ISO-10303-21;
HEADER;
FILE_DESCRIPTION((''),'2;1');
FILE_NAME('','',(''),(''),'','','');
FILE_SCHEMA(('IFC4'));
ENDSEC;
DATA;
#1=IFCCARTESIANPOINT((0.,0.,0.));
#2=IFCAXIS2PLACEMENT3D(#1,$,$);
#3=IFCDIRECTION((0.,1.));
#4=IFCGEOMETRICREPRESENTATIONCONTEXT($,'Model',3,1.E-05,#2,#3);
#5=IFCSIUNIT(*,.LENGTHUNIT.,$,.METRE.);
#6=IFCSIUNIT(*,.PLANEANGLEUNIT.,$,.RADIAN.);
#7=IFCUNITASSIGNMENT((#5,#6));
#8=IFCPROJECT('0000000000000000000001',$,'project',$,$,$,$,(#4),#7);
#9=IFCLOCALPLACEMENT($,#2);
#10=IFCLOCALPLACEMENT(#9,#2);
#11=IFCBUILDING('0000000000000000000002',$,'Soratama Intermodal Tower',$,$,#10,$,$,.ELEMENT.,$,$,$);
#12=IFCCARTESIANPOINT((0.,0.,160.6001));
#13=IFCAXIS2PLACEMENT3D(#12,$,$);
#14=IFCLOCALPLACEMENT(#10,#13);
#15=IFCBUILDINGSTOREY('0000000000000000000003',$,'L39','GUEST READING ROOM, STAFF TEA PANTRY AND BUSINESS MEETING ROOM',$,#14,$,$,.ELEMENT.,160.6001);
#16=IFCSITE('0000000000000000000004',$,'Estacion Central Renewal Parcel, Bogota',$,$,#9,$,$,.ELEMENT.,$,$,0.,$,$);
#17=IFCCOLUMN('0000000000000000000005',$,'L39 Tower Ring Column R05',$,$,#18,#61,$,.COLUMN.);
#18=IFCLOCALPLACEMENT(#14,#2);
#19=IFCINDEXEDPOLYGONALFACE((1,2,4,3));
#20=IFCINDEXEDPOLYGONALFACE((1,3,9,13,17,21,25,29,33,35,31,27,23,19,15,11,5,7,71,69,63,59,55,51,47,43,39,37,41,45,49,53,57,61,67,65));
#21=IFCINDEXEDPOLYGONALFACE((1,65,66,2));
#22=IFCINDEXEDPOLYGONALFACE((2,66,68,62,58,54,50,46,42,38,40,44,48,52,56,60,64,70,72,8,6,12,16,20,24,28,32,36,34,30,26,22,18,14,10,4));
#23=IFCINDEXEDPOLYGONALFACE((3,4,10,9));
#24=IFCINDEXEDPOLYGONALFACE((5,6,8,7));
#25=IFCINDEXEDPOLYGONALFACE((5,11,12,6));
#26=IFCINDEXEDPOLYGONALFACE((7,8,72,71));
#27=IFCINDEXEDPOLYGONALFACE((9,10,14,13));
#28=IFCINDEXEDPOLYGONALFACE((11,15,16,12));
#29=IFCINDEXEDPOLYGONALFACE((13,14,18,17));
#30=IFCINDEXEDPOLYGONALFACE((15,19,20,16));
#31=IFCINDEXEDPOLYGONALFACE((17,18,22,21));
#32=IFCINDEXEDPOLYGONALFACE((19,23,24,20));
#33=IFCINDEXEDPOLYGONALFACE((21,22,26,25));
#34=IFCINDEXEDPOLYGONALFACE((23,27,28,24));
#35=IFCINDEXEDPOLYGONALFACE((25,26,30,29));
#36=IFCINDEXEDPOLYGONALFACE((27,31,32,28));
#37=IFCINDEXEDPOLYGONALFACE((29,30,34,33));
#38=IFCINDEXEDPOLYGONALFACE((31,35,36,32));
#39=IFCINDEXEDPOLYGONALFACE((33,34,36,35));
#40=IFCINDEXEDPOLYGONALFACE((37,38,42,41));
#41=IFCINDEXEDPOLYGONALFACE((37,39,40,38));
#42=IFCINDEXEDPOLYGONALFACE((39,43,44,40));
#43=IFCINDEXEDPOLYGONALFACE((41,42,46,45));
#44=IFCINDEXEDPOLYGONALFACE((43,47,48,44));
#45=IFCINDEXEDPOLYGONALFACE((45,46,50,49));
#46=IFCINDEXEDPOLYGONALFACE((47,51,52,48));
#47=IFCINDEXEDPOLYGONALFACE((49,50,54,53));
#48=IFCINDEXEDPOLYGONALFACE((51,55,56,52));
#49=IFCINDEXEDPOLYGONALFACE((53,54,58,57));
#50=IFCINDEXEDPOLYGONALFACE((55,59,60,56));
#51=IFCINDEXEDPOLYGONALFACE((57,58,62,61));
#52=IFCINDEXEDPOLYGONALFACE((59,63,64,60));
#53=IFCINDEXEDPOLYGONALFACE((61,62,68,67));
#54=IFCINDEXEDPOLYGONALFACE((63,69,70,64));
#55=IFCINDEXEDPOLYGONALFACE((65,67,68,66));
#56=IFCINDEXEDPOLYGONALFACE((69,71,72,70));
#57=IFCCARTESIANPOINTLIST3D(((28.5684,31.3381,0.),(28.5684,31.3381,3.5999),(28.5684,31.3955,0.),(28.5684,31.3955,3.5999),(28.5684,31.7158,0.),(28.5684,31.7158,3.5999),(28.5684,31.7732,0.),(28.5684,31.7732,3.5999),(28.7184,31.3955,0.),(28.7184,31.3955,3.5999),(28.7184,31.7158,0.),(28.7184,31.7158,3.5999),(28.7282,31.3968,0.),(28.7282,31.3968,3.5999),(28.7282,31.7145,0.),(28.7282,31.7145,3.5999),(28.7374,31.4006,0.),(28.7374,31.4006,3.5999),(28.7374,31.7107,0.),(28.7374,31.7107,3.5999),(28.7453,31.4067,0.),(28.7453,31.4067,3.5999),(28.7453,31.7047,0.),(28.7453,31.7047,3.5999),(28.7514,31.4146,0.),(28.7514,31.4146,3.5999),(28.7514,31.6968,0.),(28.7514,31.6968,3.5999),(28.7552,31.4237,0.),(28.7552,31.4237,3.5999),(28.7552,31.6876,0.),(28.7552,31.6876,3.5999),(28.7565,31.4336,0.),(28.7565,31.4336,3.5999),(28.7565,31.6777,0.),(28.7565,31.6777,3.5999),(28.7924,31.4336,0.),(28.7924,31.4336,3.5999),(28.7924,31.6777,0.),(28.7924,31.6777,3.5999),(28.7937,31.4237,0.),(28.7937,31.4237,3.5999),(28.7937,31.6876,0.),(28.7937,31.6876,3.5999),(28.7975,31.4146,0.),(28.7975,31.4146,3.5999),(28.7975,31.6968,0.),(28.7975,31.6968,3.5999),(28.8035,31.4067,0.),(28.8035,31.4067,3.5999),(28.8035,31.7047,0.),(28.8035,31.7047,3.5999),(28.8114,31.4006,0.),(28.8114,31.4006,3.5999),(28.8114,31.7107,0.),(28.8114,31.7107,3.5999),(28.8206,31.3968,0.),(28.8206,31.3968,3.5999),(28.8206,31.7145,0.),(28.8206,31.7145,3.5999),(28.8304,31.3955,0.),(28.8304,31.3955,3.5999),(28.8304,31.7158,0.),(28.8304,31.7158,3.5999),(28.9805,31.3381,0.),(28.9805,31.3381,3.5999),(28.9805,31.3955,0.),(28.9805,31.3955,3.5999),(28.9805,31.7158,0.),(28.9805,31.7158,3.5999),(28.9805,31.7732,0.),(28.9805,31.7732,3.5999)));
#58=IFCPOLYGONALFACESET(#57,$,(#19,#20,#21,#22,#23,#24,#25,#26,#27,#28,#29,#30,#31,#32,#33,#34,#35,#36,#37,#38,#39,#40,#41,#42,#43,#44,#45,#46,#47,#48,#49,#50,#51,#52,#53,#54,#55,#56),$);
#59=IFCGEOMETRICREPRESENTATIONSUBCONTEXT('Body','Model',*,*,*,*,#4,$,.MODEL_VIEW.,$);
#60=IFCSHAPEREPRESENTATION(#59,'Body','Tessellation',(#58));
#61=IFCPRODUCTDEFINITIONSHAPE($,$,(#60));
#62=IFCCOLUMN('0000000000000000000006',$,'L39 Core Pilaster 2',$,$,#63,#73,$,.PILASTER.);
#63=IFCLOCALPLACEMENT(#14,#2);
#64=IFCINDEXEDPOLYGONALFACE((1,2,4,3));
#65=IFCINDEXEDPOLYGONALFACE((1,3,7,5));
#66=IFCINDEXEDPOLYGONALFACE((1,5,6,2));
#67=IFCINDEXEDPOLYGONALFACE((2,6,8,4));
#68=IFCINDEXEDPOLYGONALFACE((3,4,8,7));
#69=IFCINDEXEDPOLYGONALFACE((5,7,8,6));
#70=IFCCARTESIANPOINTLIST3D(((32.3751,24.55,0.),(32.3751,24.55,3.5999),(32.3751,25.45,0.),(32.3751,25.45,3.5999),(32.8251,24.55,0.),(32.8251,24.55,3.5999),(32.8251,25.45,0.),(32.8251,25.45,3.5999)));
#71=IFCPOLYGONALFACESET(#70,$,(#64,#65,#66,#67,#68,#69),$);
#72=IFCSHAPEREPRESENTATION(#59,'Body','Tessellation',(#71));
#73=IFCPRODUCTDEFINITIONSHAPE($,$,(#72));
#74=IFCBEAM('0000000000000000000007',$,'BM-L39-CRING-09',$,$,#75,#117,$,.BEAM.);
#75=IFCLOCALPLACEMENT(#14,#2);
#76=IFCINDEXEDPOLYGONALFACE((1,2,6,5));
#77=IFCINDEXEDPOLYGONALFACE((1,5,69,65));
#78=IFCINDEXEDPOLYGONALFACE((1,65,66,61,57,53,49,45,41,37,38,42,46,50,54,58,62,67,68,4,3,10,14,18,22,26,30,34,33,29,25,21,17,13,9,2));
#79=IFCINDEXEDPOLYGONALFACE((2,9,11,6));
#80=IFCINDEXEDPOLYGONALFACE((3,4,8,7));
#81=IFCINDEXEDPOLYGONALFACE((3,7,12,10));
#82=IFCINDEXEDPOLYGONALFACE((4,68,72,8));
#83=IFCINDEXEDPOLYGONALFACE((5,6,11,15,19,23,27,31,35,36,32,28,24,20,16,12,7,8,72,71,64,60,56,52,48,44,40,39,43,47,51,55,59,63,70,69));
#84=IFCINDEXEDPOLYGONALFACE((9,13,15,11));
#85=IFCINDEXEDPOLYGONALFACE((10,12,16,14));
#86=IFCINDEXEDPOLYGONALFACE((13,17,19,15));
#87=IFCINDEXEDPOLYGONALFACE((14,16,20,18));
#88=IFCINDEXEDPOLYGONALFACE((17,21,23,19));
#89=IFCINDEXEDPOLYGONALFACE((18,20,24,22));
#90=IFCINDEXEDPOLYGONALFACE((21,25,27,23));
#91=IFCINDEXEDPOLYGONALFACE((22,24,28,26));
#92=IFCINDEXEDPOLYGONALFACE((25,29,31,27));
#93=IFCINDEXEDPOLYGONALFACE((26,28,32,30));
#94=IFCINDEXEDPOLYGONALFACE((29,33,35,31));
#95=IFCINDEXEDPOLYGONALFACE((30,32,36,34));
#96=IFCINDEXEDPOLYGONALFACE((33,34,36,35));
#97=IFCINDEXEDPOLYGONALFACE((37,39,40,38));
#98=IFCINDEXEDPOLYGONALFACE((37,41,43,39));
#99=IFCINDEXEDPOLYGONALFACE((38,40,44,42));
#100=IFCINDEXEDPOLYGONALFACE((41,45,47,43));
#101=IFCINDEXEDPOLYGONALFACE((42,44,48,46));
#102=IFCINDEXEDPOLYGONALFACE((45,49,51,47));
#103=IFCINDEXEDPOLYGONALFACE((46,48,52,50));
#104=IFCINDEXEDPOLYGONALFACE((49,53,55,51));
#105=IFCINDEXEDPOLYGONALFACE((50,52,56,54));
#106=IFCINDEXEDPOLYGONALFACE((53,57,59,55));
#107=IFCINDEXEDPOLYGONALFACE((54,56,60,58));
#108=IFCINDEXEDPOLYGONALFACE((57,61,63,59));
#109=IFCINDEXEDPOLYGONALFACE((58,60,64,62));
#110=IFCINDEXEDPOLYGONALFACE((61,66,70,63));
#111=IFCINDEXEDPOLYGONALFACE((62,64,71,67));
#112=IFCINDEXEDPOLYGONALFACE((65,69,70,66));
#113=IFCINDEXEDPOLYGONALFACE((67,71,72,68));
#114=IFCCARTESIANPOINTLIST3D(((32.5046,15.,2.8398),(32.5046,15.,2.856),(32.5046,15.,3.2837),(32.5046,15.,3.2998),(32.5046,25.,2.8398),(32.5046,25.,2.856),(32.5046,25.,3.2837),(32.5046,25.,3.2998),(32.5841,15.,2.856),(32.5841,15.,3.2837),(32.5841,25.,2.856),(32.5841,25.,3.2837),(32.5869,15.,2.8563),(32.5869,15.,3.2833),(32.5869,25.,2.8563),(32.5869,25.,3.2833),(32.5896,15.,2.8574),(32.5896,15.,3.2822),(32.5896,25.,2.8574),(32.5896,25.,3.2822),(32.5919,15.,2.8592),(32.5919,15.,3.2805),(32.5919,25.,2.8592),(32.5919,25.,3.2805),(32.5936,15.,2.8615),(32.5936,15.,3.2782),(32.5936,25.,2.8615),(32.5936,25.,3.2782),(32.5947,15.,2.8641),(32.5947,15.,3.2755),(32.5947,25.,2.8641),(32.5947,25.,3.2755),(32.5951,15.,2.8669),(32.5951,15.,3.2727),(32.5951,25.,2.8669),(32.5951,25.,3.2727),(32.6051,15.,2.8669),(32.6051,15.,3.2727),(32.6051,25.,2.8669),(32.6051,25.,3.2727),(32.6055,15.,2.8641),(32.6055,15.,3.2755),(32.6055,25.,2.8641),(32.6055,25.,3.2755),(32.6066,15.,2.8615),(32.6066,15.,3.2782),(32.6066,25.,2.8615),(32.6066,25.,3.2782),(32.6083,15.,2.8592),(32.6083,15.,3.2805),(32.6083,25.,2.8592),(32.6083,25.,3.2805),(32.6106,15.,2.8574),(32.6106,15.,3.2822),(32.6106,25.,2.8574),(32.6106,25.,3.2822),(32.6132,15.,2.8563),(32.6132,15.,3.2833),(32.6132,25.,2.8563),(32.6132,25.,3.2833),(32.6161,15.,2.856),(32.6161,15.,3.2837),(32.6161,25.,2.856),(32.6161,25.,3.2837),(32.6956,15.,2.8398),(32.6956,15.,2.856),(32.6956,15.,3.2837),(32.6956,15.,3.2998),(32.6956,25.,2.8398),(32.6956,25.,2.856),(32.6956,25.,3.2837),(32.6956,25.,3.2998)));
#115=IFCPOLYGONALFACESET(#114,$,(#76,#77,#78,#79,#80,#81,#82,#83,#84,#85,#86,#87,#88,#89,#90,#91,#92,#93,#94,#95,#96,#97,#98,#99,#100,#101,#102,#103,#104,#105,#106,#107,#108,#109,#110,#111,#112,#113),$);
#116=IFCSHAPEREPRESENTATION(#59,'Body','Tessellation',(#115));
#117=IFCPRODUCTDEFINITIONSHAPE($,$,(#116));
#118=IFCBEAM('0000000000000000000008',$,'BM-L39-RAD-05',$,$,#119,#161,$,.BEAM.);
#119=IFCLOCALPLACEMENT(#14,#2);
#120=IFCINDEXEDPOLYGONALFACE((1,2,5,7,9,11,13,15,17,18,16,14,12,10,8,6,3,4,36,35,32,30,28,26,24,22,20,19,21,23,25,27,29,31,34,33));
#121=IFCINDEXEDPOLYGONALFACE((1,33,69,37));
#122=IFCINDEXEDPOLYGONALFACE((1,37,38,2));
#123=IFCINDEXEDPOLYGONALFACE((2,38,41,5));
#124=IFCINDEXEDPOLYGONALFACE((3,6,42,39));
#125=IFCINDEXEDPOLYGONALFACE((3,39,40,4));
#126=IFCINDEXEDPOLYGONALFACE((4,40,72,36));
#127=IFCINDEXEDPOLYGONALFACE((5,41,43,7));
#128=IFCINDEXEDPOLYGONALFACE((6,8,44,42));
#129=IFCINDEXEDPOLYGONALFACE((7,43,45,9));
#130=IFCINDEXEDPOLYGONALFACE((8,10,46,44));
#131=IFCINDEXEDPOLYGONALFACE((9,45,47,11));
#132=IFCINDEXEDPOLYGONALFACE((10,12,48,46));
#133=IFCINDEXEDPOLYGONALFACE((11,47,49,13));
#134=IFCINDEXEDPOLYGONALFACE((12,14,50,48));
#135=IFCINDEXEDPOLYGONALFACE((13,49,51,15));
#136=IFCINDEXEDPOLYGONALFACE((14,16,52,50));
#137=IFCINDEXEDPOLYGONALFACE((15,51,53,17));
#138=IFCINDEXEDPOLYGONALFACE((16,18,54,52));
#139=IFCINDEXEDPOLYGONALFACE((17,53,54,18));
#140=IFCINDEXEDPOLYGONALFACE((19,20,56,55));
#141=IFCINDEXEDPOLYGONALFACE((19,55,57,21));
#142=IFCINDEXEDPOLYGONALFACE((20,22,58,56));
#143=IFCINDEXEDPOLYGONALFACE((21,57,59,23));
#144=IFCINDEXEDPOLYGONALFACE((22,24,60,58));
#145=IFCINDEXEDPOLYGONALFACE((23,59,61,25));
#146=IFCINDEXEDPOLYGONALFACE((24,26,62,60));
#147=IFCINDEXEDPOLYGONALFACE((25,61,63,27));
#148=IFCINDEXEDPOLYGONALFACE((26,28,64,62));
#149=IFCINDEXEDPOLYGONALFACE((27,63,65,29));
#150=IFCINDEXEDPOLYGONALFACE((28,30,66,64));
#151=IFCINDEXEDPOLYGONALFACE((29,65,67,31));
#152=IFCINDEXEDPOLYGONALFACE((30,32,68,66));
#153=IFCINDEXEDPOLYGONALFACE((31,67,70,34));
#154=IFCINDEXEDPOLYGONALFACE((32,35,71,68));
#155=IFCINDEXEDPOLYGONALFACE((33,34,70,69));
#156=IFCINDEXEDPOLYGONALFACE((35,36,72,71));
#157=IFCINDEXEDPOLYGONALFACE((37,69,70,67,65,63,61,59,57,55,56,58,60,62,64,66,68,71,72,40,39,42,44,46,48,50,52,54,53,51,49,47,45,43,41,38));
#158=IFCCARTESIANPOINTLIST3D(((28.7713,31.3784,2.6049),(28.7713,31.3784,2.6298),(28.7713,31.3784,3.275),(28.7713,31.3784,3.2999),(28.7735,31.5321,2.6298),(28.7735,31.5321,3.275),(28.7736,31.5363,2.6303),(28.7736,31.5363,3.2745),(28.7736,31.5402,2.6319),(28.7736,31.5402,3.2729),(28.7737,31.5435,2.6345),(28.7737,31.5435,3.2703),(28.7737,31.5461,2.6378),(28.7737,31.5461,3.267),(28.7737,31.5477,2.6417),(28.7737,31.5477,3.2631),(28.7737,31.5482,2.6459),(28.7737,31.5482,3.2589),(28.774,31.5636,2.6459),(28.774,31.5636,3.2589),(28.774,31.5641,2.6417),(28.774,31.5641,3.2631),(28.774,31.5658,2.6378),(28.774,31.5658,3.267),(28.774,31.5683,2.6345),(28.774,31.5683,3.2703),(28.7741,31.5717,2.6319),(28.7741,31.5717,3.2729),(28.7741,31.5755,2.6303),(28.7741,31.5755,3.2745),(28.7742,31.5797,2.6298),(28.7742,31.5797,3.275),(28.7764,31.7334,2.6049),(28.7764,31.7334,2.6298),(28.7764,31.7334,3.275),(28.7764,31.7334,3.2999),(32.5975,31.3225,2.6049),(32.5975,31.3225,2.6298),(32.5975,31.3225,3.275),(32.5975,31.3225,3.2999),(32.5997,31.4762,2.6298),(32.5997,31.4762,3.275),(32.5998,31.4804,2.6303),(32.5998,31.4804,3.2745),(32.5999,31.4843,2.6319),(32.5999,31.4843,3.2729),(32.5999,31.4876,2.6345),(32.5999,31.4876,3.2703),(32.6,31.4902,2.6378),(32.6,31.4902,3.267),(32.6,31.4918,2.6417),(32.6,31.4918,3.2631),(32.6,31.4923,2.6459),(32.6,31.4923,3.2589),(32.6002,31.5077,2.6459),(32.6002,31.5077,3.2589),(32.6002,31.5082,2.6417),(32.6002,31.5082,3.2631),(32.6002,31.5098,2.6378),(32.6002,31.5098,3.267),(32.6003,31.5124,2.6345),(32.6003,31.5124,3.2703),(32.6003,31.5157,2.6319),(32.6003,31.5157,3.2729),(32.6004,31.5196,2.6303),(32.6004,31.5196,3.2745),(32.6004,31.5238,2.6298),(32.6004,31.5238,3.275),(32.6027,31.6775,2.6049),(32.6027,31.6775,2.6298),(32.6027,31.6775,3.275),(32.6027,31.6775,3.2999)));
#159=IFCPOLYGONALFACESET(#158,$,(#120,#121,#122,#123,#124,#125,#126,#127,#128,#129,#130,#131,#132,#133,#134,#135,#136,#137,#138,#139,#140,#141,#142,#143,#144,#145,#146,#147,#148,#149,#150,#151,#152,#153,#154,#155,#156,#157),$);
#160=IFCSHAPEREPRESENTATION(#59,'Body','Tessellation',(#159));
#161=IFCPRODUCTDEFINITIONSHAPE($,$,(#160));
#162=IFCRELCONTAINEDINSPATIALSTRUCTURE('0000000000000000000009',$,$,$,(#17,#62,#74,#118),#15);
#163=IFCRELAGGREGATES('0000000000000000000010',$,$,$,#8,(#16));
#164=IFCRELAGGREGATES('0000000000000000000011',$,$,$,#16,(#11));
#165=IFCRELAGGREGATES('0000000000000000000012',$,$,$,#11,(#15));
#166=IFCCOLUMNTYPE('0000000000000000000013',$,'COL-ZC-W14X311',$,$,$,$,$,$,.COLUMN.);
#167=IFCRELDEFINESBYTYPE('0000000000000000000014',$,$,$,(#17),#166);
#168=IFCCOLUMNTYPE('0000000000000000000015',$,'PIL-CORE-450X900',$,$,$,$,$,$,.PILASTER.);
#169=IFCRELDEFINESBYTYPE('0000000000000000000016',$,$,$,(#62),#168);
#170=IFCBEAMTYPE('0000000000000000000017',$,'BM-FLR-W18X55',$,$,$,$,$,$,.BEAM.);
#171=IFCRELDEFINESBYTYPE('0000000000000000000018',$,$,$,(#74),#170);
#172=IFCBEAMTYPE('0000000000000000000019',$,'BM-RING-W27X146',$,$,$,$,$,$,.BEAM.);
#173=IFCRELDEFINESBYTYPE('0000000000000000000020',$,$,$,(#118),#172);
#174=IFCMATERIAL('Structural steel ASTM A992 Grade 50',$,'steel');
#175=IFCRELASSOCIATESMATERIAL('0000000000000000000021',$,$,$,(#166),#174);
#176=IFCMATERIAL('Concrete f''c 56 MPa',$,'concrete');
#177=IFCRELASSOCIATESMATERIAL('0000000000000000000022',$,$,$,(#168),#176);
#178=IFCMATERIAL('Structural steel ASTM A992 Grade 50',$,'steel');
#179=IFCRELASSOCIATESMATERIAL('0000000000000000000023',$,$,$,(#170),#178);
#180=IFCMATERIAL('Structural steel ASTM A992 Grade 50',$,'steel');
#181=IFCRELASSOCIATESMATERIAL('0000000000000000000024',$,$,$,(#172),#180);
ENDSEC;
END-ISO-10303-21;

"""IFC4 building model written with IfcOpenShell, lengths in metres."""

from ifc_helpers import new_model, si_unit, direction, frame, origin, origin_2d, place, context, subcontext, project, spatial, rectangle, i_section, extrude, material, material_profile, profile_set, type_object, element, save


model = new_model("IFC4")

# Units and contexts
model_context = context("Model", 3, precision=1e-05, world=origin(), true_north=direction((0.0, 1.0)))
body_context = subcontext(model_context, "Body", "Model", "MODEL_VIEW")
ifc_project = project(units=[si_unit("LENGTHUNIT", "METRE"), si_unit("PLANEANGLEUNIT", "RADIAN")], contexts=[model_context])

# Site, building, storey
site_placement = place(None, origin())
site = spatial("IfcSite", under=ifc_project, at=site_placement, Name="Estacion Central Renewal Parcel, Bogota", CompositionType="ELEMENT", RefElevation=0.0)
building_placement = place(site_placement, origin())
building = spatial("IfcBuilding", under=site, at=building_placement, Name="Soratama Intermodal Tower", CompositionType="ELEMENT")
storey_placement = place(building_placement, frame((0.0, 0.0, 160.6001)))
storey = spatial("IfcBuildingStorey", under=building, at=storey_placement, Name="L39", Description="GUEST READING ROOM, STAFF TEA PANTRY AND BUSINESS MEETING ROOM", CompositionType="ELEMENT", Elevation=160.6001)

# Columns
ifc_material_1 = material(Name="Structural steel ASTM A992 Grade 50", Category="steel")
ifc_material_profile_1 = material_profile(ifc_material_1, i_section(OverallWidth=0.4121, OverallDepth=0.4351, WebThickness=0.0359, FlangeThickness=0.0574, FilletRadius=0.0381, at=origin_2d()), Name="W14X311")
ifc_profile_set_1 = profile_set([ifc_material_profile_1], Name="Structural steel ASTM A992 Grade 50")
column_type_1 = type_object("IfcColumnType", Name="COL-ZC-W14X311", PredefinedType="COLUMN", material=ifc_profile_set_1)
column_1_placement = place(storey_placement, frame((28.7744, 31.5557, 0.0), z_axis=(0.0, 0.0, 1.0), x_axis=(1.0, 0.0, 0.0)))
element("IfcColumn", 1, at=column_1_placement, inside=storey, type_object=column_type_1, Name="L39 Tower Ring Column R05", PredefinedType="COLUMN", context=body_context, shape_type="SweptSolid", body=[
    extrude(i_section(OverallWidth=0.4121, OverallDepth=0.4351, WebThickness=0.0359, FlangeThickness=0.0574, FilletRadius=0.0381, at=origin_2d()), origin(), (0.0, 0.0, 1.0), 3.5999),
])
ifc_material_2 = material(Name="Concrete f'c 56 MPa", Category="concrete")
ifc_material_profile_2 = material_profile(ifc_material_2, rectangle(XDim=0.45, YDim=0.8999, at=origin_2d()), Name="RC450X900")
ifc_profile_set_2 = profile_set([ifc_material_profile_2], Name="Concrete f'c 56 MPa")
column_type_2 = type_object("IfcColumnType", Name="PIL-CORE-450X900", PredefinedType="PILASTER", material=ifc_profile_set_2)
column_2_placement = place(storey_placement, frame((32.6001, 25.0, 0.0), z_axis=(0.0, 0.0, 1.0), x_axis=(1.0, 0.0, 0.0)))
element("IfcColumn", 2, at=column_2_placement, inside=storey, type_object=column_type_2, Name="L39 Core Pilaster 2", PredefinedType="PILASTER", context=body_context, shape_type="SweptSolid", body=[
    extrude(rectangle(XDim=0.45, YDim=0.8999, at=origin_2d()), origin(), (0.0, 0.0, 1.0), 3.5999),
])

# Beams
ifc_material_3 = material(Name="Structural steel ASTM A992 Grade 50", Category="steel")
ifc_material_profile_3 = material_profile(ifc_material_3, i_section(OverallWidth=0.1909, OverallDepth=0.46, WebThickness=0.01, FlangeThickness=0.0161, FilletRadius=0.011, at=origin_2d()), Name="W18X55")
ifc_profile_set_3 = profile_set([ifc_material_profile_3], Name="Structural steel ASTM A992 Grade 50")
beam_type_1 = type_object("IfcBeamType", Name="BM-FLR-W18X55", PredefinedType="BEAM", material=ifc_profile_set_3)
beam_1_placement = place(storey_placement, frame((32.6001, 25.0, 3.0698), z_axis=(0.0, -1.0, 0.0), x_axis=(1.0, 0.0, 0.0)))
element("IfcBeam", 3, at=beam_1_placement, inside=storey, type_object=beam_type_1, Name="BM-L39-CRING-09", PredefinedType="BEAM", context=body_context, shape_type="SweptSolid", body=[
    extrude(i_section(OverallWidth=0.1909, OverallDepth=0.46, WebThickness=0.01, FlangeThickness=0.0161, FilletRadius=0.011, at=origin_2d()), origin(), (0.0, 0.0, 1.0), 10.0),
])
ifc_material_4 = material(Name="Structural steel ASTM A992 Grade 50", Category="steel")
ifc_material_profile_4 = material_profile(ifc_material_4, i_section(OverallWidth=0.355, OverallDepth=0.6951, WebThickness=0.0154, FlangeThickness=0.0249, FilletRadius=0.0161, at=origin_2d()), Name="W27X146")
ifc_profile_set_4 = profile_set([ifc_material_profile_4], Name="Structural steel ASTM A992 Grade 50")
beam_type_2 = type_object("IfcBeamType", Name="BM-RING-W27X146", PredefinedType="BEAM", material=ifc_profile_set_4)
beam_2_placement = place(storey_placement, frame((32.6001, 31.5, 2.9524), z_axis=(-0.999893, 0.01461, 0.0), x_axis=(-0.01461, -0.999893, 0.0)))
element("IfcBeam", 4, at=beam_2_placement, inside=storey, type_object=beam_type_2, Name="BM-L39-RAD-05", PredefinedType="BEAM", context=body_context, shape_type="SweptSolid", body=[
    extrude(i_section(OverallWidth=0.355, OverallDepth=0.6951, WebThickness=0.0154, FlangeThickness=0.0249, FilletRadius=0.0161, at=origin_2d()), origin(), (0.0, 0.0, 1.0), 3.8267),
])

save(model, "model.ifc")
